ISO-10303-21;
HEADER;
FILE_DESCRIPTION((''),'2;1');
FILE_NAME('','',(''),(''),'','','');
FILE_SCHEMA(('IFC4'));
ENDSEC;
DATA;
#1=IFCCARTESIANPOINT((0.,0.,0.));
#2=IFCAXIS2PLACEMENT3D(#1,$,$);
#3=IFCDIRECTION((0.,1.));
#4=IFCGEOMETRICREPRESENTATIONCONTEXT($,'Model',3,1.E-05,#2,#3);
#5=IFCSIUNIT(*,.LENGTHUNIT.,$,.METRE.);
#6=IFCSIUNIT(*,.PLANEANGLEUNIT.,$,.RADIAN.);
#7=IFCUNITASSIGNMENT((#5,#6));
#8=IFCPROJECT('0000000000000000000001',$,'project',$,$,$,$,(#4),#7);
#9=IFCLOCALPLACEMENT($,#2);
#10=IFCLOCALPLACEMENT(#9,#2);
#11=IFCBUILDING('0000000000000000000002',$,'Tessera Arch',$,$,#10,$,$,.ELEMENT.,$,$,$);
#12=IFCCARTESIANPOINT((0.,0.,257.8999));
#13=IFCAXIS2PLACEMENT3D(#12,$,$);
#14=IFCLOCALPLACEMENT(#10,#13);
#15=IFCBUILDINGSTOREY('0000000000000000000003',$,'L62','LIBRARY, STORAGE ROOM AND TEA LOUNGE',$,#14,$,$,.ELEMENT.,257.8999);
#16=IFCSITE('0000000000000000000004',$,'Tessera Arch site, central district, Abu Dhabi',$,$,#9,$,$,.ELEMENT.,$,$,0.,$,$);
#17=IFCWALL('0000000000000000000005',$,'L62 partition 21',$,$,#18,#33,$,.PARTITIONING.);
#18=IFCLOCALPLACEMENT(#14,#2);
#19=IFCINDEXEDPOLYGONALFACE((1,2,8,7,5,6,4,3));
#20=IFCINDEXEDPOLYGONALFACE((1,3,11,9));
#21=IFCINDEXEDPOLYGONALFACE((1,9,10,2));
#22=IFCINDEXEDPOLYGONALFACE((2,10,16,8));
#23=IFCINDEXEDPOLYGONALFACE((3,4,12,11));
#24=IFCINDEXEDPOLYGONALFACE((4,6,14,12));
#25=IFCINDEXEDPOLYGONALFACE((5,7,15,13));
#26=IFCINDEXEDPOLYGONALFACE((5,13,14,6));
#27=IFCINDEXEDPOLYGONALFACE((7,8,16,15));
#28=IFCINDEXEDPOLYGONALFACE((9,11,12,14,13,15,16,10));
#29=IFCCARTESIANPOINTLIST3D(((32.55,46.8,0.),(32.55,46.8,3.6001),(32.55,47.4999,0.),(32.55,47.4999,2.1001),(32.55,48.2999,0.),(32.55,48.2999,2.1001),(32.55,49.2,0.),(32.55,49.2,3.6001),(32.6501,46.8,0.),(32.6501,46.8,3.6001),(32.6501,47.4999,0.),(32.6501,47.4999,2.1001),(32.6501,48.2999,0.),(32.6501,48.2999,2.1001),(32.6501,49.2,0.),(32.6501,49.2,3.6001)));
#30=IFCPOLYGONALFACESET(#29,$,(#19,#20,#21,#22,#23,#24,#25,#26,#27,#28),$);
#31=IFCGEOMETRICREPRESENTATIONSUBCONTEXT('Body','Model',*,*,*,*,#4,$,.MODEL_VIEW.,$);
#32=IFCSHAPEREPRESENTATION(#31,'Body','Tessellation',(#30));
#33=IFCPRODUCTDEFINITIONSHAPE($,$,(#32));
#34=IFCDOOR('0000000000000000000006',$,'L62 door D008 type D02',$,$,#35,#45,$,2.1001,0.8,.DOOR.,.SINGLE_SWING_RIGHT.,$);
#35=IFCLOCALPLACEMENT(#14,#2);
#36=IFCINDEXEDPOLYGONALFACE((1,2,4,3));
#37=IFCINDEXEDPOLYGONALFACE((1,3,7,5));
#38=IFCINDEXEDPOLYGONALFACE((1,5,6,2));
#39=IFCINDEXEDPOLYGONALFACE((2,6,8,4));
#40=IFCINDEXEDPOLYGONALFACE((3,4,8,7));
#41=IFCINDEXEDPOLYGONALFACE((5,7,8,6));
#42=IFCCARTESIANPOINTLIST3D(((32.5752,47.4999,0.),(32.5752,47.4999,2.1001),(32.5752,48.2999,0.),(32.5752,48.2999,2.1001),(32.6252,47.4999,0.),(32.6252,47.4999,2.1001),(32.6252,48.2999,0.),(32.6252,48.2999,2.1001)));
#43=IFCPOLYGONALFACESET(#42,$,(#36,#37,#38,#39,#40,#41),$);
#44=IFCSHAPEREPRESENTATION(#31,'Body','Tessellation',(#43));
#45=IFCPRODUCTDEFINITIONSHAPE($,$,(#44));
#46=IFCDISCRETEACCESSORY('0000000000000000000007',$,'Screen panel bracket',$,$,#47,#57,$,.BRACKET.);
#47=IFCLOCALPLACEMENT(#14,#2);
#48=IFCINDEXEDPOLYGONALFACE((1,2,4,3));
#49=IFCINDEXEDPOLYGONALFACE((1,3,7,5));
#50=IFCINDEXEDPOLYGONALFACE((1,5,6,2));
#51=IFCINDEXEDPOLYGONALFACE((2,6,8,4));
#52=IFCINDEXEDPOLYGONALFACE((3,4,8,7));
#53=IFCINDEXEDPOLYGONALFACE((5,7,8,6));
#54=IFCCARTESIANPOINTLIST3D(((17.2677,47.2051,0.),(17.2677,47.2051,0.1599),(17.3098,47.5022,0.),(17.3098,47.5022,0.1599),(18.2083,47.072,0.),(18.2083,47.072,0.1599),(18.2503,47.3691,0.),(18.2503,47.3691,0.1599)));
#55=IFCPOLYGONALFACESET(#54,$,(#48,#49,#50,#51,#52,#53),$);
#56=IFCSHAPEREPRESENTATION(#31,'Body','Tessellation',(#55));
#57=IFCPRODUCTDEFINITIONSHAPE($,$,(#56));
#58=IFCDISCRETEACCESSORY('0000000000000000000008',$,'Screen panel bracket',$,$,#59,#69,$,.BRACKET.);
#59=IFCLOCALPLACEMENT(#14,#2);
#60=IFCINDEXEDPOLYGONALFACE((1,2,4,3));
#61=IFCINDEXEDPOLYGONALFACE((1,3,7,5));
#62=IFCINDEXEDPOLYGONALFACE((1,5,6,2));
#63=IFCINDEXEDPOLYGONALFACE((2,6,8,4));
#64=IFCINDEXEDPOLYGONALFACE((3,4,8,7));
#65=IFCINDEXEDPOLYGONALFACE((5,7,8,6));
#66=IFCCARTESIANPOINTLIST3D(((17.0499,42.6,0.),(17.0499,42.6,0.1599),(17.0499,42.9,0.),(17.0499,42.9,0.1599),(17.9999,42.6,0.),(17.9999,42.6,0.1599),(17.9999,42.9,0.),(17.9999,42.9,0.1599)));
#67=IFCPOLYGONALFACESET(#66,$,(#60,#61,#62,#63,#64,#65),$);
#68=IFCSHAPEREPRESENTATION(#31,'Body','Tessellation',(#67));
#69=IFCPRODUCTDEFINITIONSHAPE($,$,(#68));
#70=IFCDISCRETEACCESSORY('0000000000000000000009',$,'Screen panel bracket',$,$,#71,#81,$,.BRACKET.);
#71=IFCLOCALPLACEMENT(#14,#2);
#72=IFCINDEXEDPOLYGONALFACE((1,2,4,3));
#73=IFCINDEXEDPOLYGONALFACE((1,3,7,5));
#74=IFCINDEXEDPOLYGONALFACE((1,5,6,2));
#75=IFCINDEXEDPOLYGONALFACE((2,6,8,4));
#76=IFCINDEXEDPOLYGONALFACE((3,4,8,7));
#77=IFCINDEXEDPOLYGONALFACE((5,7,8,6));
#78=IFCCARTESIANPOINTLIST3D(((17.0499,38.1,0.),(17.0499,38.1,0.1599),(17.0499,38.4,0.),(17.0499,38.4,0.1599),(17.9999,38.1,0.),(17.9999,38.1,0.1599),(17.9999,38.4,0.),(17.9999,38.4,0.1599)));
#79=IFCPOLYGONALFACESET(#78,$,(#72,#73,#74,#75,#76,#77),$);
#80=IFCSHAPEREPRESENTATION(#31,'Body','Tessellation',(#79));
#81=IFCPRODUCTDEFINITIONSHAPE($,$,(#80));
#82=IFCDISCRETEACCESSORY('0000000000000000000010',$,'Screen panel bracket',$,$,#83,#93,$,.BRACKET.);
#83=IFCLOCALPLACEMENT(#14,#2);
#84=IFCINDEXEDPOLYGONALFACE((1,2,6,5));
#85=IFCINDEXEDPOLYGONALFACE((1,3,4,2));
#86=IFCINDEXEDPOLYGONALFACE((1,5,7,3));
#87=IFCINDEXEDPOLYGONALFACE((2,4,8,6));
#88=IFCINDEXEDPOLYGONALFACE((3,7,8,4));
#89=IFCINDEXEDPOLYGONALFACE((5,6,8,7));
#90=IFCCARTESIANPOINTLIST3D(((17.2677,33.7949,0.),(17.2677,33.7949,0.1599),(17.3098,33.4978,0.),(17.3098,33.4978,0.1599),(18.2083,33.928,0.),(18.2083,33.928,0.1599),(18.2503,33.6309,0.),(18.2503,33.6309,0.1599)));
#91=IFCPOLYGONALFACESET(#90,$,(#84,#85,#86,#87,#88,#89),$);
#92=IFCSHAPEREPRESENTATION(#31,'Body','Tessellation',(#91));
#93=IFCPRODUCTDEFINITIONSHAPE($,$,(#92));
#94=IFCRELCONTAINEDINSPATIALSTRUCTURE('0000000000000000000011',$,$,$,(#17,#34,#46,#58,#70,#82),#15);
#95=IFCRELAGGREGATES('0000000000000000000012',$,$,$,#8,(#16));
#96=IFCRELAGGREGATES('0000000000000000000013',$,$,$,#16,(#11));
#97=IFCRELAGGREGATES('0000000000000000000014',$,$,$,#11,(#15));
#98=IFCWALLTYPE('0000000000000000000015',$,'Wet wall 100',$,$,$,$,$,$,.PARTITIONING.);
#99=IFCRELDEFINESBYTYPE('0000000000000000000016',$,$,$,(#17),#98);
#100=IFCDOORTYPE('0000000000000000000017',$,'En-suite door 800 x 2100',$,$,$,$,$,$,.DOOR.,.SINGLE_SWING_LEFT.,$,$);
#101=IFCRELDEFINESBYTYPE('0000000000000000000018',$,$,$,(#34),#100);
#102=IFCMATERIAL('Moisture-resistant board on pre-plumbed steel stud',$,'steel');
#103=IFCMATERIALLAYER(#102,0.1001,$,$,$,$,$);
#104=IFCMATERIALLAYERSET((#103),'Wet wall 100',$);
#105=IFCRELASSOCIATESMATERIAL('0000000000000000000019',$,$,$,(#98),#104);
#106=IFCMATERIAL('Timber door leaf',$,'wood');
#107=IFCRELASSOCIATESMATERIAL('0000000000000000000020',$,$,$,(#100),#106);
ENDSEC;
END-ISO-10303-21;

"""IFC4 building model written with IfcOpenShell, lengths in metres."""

from ifc_helpers import new_model, si_unit, direction, frame, frame_2d, origin, origin_2d, place, context, subcontext, project, spatial, rectangle, extrude, material, layer, layer_set, type_object, element, fill, save


model = new_model("IFC4")

# Units and contexts
model_context = context("Model", 3, precision=1e-05, world=origin(), true_north=direction((0.0, 1.0)))
body_context = subcontext(model_context, "Body", "Model", "MODEL_VIEW")
ifc_project = project(units=[si_unit("LENGTHUNIT", "METRE"), si_unit("PLANEANGLEUNIT", "RADIAN")], contexts=[model_context])

# Site, building, storey
site_placement = place(None, origin())
site = spatial("IfcSite", under=ifc_project, at=site_placement, Name="Tessera Arch site, central district, Abu Dhabi", CompositionType="ELEMENT", RefElevation=0.0)
building_placement = place(site_placement, origin())
building = spatial("IfcBuilding", under=site, at=building_placement, Name="Tessera Arch", CompositionType="ELEMENT")
storey_placement = place(building_placement, frame((0.0, 0.0, 257.8999)))
storey = spatial("IfcBuildingStorey", under=building, at=storey_placement, Name="L62", Description="LIBRARY, STORAGE ROOM AND TEA LOUNGE", CompositionType="ELEMENT", Elevation=257.8999)

# Wall, opening, door
ifc_material_1 = material(Name="Moisture-resistant board on pre-plumbed steel stud", Category="steel")
ifc_layer_1 = layer(ifc_material_1, 0.1001)
ifc_layer_set_1 = layer_set([ifc_layer_1], Name="Wet wall 100")
wall_type_1 = type_object("IfcWallType", Name="Wet wall 100", PredefinedType="PARTITIONING", material=ifc_layer_set_1)
ifc_material_2 = material(Name="Timber door leaf", Category="wood")
door_type_1 = type_object("IfcDoorType", Name="En-suite door 800 x 2100", OperationType="SINGLE_SWING_LEFT", PredefinedType="DOOR", material=ifc_material_2)
wall_1_placement = place(storey_placement, frame((32.6001, 46.8, 0.0), z_axis=(0.0, 0.0, 1.0), x_axis=(0.0, 1.0, 0.0)))
wall_1 = element("IfcWall", 1, at=wall_1_placement, inside=storey, type_object=wall_type_1, Name="L62 partition 21", PredefinedType="PARTITIONING", context=body_context, shape_type="SweptSolid", body=[
    extrude(rectangle(XDim=2.3999, YDim=0.1001, at=frame_2d((1.2, 0.0))), origin(), (0.0, 0.0, 1.0), 3.6001),
])
opening_1_placement = place(wall_1_placement, frame((0.7, 0.0, 0.0)))
opening_1 = element("IfcOpeningElement", 2, at=opening_1_placement, cuts=wall_1, PredefinedType="OPENING", context=body_context, shape_type="SweptSolid", body=[
    extrude(rectangle(XDim=0.8, YDim=2.1001, at=frame_2d((0.3999, 1.05))), frame((0.0, 0.0601, 0.0), z_axis=(0.0, -1.0, 0.0), x_axis=(1.0, 0.0, 0.0)), (0.0, 0.0, 1.0), 0.1201),
])
door_1_placement = place(opening_1_placement, origin())
door_1 = element("IfcDoor", 3, at=door_1_placement, inside=storey, type_object=door_type_1, Name="L62 door D008 type D02", OperationType="SINGLE_SWING_RIGHT", OverallHeight=2.1001, OverallWidth=0.8, PredefinedType="DOOR", context=body_context, shape_type="SweptSolid", body=[
    extrude(rectangle(XDim=0.8, YDim=2.1001, at=frame_2d((0.3999, 1.05))), frame((0.0, 0.0249, 0.0), z_axis=(0.0, -1.0, 0.0), x_axis=(1.0, 0.0, 0.0)), (0.0, 0.0, 1.0), 0.05),
])
fill(opening_1, door_1)

# Discrete accessories
for number, where, z_axis, x_axis, name in (
    (4, (17.759, 47.2871, 0.0), (0.0, 0.0, 1.0), (-0.990139, 0.140089, 0.0), "Screen panel bracket"),
    (5, (17.5249, 42.75, 0.0), (0.0, 0.0, 1.0), (-1.0, 0.0, 0.0), "Screen panel bracket"),
    (6, (17.5249, 38.25, 0.0), (0.0, 0.0, 1.0), (-1.0, 0.0, 0.0), "Screen panel bracket"),
    (7, (17.759, 33.7129, 0.0), (0.0, 0.0, 1.0), (-0.990139, -0.140089, 0.0), "Screen panel bracket"),
):
    element("IfcDiscreteAccessory", number, at=place(storey_placement, frame(where, z_axis=z_axis, x_axis=x_axis)), inside=storey, Name=name, PredefinedType="BRACKET", context=body_context, shape_type="SweptSolid", body=[
        extrude(rectangle(XDim=0.95, YDim=0.3, at=origin_2d()), origin(), (0.0, 0.0, 1.0), 0.1599),
    ])

save(model, "model.ifc")
